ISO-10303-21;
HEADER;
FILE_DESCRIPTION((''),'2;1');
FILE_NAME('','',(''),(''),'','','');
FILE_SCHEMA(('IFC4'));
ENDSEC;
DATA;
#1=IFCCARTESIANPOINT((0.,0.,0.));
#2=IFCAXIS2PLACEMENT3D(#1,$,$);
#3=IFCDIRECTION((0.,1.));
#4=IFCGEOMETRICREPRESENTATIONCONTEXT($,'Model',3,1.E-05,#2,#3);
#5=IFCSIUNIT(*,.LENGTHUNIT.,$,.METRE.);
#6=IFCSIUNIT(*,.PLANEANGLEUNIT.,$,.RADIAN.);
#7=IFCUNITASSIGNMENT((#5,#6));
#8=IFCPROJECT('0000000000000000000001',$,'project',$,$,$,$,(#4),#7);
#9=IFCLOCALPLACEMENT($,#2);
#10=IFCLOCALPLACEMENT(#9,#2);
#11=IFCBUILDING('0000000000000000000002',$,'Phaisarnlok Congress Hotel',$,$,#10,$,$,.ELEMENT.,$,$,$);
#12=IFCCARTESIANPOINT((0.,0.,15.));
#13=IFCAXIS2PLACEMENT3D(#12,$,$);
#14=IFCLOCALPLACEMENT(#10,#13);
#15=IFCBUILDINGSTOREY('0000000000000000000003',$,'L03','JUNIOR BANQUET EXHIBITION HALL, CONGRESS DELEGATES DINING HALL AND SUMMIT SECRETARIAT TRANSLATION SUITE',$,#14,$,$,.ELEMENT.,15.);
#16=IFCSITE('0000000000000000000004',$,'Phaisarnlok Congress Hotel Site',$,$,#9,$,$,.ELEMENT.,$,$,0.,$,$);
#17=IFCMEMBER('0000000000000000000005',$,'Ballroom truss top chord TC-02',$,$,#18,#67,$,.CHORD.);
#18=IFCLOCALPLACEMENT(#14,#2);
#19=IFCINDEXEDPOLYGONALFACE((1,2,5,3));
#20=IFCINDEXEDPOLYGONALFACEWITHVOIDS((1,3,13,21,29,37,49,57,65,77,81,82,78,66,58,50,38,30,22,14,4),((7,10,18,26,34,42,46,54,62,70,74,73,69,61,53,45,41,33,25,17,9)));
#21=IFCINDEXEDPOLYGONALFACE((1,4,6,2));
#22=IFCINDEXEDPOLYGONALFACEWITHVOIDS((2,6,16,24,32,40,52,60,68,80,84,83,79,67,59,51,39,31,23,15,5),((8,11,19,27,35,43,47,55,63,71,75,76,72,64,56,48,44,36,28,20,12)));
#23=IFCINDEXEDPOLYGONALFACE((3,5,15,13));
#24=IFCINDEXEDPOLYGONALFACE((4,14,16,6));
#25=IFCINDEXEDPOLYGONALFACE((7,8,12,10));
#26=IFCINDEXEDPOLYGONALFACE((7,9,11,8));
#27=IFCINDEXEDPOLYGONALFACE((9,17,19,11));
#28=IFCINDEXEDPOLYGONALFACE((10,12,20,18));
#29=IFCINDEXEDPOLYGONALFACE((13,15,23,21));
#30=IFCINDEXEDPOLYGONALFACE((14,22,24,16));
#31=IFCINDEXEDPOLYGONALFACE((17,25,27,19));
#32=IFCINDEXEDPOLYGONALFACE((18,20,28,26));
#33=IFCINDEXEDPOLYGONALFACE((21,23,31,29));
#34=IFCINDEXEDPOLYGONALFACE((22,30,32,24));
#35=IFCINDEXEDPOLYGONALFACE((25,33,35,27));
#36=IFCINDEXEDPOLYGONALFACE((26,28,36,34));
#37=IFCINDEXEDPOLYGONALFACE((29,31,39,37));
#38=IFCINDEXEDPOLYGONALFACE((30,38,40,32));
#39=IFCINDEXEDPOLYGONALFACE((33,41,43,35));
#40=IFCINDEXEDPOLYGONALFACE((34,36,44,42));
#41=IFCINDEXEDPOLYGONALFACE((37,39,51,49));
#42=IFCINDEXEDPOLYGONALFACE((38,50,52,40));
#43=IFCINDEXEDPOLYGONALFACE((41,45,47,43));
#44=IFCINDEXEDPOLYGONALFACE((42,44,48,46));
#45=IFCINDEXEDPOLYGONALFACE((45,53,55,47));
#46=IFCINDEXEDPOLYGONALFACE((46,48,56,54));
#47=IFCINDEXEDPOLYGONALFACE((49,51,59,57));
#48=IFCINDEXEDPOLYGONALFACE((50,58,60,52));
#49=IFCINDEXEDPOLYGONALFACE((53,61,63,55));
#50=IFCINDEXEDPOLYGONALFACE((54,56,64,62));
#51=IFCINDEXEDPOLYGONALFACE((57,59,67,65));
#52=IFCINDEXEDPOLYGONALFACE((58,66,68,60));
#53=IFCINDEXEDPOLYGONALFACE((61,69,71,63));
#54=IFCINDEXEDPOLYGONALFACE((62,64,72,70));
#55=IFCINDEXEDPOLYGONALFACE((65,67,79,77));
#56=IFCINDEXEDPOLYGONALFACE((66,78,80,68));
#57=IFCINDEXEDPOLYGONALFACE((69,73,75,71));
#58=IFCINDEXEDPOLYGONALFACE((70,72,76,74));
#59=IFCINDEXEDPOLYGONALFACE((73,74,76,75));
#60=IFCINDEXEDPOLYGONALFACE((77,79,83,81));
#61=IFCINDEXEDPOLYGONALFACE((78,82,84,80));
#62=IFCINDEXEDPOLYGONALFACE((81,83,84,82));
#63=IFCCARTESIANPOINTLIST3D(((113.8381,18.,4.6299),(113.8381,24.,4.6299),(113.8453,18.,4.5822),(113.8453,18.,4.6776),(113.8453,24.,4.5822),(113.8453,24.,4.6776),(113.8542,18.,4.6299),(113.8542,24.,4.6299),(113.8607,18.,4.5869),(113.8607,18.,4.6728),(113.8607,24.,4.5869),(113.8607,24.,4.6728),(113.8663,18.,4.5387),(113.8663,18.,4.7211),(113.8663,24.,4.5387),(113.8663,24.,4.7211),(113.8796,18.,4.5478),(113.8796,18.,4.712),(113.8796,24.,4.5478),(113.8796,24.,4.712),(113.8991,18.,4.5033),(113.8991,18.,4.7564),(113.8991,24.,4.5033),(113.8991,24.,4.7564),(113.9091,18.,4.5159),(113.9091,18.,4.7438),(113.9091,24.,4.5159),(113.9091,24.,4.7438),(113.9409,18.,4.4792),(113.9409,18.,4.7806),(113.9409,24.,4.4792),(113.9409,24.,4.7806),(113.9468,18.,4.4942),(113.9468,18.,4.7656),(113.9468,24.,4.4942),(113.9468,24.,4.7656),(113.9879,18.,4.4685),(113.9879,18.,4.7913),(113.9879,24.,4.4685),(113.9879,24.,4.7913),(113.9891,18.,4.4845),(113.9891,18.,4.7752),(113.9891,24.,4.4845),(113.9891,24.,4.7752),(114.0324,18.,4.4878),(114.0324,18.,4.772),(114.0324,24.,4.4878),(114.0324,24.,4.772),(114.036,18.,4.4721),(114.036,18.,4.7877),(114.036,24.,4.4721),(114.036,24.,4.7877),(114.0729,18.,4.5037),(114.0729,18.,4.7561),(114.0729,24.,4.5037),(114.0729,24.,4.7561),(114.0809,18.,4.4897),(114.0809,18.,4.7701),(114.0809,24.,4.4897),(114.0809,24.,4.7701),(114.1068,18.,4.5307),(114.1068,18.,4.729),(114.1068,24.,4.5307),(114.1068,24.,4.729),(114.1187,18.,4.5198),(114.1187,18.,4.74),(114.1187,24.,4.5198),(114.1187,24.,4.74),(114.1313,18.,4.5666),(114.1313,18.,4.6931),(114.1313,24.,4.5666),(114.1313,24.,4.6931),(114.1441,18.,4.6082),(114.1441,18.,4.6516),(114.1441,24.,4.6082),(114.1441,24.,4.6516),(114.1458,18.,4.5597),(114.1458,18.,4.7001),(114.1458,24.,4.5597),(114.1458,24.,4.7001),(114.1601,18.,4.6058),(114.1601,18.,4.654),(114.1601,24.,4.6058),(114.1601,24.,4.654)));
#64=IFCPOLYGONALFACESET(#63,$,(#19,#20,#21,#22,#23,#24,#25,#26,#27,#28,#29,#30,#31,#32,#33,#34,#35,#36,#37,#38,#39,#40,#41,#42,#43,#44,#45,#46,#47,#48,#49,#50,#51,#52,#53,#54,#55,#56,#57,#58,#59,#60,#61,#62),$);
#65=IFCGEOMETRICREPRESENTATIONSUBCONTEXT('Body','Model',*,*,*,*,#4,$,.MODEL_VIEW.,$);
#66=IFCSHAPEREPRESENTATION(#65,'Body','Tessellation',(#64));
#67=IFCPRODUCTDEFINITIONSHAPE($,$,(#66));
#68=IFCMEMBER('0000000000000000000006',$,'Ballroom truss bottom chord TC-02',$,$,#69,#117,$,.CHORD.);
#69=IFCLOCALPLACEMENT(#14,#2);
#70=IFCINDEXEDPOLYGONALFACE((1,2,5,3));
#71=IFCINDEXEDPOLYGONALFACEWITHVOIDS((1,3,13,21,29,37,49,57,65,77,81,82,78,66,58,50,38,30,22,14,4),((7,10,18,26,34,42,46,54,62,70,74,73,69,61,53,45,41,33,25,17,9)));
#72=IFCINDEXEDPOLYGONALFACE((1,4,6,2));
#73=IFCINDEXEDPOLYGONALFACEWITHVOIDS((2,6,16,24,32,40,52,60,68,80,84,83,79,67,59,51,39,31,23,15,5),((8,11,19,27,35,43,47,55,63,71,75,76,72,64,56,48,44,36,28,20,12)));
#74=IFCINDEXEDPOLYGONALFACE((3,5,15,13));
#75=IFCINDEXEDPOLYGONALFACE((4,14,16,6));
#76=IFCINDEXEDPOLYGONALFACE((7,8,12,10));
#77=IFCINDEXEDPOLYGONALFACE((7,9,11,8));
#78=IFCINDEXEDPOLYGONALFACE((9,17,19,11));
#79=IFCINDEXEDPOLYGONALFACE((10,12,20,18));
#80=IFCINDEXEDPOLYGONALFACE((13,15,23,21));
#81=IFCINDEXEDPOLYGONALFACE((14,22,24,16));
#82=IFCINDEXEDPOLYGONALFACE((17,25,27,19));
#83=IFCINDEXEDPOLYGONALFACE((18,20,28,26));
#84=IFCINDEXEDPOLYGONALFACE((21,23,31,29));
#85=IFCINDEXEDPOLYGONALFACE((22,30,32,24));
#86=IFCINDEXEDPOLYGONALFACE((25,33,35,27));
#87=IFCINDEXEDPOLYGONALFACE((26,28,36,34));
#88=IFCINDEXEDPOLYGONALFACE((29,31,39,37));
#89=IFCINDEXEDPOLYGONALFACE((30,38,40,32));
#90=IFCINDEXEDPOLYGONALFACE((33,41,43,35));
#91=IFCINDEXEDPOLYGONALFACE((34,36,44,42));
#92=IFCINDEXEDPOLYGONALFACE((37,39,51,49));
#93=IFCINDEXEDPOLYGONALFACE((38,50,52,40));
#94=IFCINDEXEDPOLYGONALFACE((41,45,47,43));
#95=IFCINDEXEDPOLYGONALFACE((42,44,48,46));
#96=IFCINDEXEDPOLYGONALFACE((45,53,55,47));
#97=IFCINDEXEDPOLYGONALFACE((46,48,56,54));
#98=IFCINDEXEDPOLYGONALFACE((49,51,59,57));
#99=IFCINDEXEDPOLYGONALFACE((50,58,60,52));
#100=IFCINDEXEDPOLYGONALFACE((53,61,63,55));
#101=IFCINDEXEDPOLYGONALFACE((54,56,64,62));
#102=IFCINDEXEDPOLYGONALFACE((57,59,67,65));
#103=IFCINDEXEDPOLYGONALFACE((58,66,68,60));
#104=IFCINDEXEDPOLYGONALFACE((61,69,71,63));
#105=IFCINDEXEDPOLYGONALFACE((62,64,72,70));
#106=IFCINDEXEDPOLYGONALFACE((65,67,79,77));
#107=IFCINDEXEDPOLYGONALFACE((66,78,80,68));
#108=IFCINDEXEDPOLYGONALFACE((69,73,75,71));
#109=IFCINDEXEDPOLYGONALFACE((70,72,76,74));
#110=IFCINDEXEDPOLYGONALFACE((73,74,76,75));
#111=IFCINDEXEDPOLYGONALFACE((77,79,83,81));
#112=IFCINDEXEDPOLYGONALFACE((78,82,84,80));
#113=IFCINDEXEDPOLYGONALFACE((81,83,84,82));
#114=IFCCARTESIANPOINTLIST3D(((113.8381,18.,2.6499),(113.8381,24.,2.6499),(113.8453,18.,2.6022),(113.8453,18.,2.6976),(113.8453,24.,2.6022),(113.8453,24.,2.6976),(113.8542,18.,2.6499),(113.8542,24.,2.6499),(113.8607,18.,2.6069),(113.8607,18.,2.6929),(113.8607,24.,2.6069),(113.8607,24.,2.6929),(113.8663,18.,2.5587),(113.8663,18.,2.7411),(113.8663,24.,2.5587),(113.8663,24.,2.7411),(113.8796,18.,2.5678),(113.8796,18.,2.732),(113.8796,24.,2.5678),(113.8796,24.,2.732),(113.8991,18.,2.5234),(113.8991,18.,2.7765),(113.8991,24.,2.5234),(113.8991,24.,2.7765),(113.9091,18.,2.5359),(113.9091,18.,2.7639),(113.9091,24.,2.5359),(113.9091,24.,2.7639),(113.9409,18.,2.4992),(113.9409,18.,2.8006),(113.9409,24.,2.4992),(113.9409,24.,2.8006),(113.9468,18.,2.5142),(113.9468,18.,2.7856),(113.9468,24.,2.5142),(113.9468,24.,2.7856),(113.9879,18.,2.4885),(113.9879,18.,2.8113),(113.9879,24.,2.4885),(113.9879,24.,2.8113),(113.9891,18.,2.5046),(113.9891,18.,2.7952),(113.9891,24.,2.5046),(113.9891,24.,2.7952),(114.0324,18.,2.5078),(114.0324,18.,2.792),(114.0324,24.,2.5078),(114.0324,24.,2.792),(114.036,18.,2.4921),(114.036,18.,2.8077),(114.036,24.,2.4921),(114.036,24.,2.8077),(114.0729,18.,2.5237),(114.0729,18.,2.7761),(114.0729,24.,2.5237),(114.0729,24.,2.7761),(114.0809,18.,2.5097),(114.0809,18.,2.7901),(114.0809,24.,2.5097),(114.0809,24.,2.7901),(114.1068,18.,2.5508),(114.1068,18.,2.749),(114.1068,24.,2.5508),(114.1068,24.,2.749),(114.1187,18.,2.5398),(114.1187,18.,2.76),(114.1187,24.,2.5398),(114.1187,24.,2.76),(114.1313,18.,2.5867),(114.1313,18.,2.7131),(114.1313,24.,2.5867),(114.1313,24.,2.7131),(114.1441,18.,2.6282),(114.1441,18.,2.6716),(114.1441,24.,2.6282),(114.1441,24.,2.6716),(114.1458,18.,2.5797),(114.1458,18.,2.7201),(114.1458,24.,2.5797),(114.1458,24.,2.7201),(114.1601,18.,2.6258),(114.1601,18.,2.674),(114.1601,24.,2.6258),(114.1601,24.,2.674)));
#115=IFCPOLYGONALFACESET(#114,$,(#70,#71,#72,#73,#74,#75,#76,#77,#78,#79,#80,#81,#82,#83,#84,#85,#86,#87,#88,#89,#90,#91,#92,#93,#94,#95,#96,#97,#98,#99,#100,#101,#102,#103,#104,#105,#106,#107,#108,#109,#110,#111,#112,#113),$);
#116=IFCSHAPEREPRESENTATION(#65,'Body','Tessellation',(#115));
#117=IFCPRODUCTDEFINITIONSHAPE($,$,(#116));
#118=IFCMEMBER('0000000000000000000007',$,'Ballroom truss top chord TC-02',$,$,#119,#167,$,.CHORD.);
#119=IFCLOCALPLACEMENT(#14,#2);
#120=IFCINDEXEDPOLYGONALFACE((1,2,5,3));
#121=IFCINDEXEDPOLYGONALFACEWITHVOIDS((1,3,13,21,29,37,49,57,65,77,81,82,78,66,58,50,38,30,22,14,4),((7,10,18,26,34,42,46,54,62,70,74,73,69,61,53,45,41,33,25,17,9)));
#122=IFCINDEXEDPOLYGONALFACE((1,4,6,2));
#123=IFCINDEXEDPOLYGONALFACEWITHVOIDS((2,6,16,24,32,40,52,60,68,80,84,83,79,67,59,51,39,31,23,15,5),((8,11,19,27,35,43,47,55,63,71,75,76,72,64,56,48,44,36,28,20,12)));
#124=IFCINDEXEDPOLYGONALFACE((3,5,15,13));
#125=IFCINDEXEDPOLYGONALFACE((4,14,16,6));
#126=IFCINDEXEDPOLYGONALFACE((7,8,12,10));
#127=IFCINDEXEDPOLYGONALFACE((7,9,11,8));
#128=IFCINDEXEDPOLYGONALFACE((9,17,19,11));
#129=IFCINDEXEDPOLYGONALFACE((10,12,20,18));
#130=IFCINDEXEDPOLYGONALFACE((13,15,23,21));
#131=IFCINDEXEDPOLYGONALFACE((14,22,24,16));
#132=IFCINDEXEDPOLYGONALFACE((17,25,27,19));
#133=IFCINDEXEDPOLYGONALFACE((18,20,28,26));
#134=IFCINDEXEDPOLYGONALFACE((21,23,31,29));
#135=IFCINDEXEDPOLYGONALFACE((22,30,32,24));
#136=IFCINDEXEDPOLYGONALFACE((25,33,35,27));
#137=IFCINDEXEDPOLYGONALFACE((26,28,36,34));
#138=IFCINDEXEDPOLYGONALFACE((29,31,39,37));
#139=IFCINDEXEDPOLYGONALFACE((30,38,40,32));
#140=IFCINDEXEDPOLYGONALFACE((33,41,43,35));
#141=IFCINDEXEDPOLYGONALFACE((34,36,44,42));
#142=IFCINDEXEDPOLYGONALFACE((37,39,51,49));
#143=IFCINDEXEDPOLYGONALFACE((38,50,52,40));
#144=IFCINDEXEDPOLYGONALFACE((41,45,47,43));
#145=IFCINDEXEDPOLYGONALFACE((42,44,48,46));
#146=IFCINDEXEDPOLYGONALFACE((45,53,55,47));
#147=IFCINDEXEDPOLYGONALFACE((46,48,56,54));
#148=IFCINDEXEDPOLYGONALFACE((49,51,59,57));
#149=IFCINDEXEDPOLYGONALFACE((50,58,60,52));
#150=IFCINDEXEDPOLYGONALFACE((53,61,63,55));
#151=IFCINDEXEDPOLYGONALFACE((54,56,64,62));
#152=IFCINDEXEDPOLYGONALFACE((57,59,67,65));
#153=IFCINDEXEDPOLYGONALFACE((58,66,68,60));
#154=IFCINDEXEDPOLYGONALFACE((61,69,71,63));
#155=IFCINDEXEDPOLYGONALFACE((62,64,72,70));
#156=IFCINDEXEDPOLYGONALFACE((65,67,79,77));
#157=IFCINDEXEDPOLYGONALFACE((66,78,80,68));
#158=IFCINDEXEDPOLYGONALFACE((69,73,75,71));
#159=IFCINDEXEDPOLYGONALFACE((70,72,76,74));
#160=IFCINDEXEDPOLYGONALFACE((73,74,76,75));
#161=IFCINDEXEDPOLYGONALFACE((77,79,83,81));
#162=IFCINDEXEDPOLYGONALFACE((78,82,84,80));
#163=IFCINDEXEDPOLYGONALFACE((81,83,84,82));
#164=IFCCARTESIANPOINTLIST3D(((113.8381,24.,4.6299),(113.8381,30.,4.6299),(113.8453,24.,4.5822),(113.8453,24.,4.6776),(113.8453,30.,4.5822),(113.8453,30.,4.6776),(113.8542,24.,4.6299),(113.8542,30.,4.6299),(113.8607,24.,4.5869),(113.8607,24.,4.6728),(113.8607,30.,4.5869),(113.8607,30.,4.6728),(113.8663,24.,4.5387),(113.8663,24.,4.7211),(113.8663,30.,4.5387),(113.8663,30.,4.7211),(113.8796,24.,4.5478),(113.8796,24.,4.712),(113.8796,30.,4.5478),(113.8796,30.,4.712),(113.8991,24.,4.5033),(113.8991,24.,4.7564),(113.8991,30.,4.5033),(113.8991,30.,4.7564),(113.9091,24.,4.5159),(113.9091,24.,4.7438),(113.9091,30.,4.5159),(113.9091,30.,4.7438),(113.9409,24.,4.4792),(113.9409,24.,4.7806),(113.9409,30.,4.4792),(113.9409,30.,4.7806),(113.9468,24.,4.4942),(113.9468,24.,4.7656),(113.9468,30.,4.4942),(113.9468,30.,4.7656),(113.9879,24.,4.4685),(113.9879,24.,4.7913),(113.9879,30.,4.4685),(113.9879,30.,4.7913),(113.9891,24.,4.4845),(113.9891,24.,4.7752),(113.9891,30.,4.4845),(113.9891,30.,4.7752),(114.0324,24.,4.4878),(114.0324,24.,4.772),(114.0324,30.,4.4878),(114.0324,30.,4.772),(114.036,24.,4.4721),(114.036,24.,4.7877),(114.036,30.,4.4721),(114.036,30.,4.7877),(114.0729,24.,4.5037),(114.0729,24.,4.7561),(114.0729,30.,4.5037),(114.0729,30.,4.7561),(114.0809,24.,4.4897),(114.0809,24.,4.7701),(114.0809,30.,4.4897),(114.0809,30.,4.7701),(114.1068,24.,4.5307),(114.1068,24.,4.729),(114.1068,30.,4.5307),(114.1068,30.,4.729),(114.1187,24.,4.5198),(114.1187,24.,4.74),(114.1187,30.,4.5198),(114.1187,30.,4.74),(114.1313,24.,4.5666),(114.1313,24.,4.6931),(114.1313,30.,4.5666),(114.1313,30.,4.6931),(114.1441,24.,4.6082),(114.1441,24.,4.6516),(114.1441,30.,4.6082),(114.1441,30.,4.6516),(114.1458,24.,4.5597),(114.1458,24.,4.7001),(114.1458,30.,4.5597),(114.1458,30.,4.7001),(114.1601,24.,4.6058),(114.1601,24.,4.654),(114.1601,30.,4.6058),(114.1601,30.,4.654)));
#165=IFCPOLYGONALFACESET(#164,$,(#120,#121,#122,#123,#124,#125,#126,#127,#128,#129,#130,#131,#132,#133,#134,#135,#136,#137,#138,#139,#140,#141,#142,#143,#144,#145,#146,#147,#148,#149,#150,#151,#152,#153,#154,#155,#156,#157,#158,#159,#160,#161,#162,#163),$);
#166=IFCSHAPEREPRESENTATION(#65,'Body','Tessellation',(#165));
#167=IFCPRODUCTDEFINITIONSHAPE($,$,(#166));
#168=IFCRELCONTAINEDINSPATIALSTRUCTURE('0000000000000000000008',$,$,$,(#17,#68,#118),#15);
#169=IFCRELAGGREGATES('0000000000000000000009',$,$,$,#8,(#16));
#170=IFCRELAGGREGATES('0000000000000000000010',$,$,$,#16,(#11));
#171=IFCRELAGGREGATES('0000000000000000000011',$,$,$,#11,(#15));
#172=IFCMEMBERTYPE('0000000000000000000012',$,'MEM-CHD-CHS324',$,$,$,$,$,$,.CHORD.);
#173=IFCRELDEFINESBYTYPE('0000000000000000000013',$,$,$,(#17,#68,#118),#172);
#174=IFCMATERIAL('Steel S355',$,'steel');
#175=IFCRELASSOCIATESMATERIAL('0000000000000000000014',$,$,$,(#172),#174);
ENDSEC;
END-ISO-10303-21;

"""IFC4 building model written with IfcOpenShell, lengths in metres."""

from ifc_helpers import new_model, si_unit, direction, frame, origin, origin_2d, place, context, subcontext, project, spatial, hollow_circle, extrude, material, material_profile, profile_set, type_object, element, save


model = new_model("IFC4")

# Units and contexts
model_context = context("Model", 3, precision=1e-05, world=origin(), true_north=direction((0.0, 1.0)))
body_context = subcontext(model_context, "Body", "Model", "MODEL_VIEW")
ifc_project = project(units=[si_unit("LENGTHUNIT", "METRE"), si_unit("PLANEANGLEUNIT", "RADIAN")], contexts=[model_context])

# Site, building, storey
site_placement = place(None, origin())
site = spatial("IfcSite", under=ifc_project, at=site_placement, Name="Phaisarnlok Congress Hotel Site", CompositionType="ELEMENT", RefElevation=0.0)
building_placement = place(site_placement, origin())
building = spatial("IfcBuilding", under=site, at=building_placement, Name="Phaisarnlok Congress Hotel", CompositionType="ELEMENT")
storey_placement = place(building_placement, frame((0.0, 0.0, 15.0)))
storey = spatial("IfcBuildingStorey", under=building, at=storey_placement, Name="L03", Description="JUNIOR BANQUET EXHIBITION HALL, CONGRESS DELEGATES DINING HALL AND SUMMIT SECRETARIAT TRANSLATION SUITE", CompositionType="ELEMENT", Elevation=15.0)

# Members
ifc_material = material(Name="Steel S355", Category="steel")
ifc_material_profile_1 = material_profile(ifc_material, hollow_circle(Radius=0.1619, WallThickness=0.0161, at=origin_2d()), Name="CHS 323.9x16")
ifc_profile_set_1 = profile_set([ifc_material_profile_1], Name="Steel S355")
member_type_1 = type_object("IfcMemberType", Name="MEM-CHD-CHS324", PredefinedType="CHORD", material=ifc_profile_set_1)
for number, where, z_axis, x_axis, name in (
    (1, (114.0, 18.0, 4.6299), (0.0, 1.0, 0.0), (-1.0, 0.0, 0.0), "Ballroom truss top chord TC-02"),
    (2, (114.0, 18.0, 2.6499), (0.0, 1.0, 0.0), (-1.0, 0.0, 0.0), "Ballroom truss bottom chord TC-02"),
    (3, (114.0, 24.0, 4.6299), (0.0, 1.0, 0.0), (-1.0, 0.0, 0.0), "Ballroom truss top chord TC-02"),
):
    element("IfcMember", number, at=place(storey_placement, frame(where, z_axis=z_axis, x_axis=x_axis)), inside=storey, type_object=member_type_1, Name=name, PredefinedType="CHORD", context=body_context, shape_type="SweptSolid", body=[
        extrude(hollow_circle(Radius=0.1619, WallThickness=0.0161, at=origin_2d()), origin(), (0.0, 0.0, 1.0), 6.0),
    ])

save(model, "model.ifc")
